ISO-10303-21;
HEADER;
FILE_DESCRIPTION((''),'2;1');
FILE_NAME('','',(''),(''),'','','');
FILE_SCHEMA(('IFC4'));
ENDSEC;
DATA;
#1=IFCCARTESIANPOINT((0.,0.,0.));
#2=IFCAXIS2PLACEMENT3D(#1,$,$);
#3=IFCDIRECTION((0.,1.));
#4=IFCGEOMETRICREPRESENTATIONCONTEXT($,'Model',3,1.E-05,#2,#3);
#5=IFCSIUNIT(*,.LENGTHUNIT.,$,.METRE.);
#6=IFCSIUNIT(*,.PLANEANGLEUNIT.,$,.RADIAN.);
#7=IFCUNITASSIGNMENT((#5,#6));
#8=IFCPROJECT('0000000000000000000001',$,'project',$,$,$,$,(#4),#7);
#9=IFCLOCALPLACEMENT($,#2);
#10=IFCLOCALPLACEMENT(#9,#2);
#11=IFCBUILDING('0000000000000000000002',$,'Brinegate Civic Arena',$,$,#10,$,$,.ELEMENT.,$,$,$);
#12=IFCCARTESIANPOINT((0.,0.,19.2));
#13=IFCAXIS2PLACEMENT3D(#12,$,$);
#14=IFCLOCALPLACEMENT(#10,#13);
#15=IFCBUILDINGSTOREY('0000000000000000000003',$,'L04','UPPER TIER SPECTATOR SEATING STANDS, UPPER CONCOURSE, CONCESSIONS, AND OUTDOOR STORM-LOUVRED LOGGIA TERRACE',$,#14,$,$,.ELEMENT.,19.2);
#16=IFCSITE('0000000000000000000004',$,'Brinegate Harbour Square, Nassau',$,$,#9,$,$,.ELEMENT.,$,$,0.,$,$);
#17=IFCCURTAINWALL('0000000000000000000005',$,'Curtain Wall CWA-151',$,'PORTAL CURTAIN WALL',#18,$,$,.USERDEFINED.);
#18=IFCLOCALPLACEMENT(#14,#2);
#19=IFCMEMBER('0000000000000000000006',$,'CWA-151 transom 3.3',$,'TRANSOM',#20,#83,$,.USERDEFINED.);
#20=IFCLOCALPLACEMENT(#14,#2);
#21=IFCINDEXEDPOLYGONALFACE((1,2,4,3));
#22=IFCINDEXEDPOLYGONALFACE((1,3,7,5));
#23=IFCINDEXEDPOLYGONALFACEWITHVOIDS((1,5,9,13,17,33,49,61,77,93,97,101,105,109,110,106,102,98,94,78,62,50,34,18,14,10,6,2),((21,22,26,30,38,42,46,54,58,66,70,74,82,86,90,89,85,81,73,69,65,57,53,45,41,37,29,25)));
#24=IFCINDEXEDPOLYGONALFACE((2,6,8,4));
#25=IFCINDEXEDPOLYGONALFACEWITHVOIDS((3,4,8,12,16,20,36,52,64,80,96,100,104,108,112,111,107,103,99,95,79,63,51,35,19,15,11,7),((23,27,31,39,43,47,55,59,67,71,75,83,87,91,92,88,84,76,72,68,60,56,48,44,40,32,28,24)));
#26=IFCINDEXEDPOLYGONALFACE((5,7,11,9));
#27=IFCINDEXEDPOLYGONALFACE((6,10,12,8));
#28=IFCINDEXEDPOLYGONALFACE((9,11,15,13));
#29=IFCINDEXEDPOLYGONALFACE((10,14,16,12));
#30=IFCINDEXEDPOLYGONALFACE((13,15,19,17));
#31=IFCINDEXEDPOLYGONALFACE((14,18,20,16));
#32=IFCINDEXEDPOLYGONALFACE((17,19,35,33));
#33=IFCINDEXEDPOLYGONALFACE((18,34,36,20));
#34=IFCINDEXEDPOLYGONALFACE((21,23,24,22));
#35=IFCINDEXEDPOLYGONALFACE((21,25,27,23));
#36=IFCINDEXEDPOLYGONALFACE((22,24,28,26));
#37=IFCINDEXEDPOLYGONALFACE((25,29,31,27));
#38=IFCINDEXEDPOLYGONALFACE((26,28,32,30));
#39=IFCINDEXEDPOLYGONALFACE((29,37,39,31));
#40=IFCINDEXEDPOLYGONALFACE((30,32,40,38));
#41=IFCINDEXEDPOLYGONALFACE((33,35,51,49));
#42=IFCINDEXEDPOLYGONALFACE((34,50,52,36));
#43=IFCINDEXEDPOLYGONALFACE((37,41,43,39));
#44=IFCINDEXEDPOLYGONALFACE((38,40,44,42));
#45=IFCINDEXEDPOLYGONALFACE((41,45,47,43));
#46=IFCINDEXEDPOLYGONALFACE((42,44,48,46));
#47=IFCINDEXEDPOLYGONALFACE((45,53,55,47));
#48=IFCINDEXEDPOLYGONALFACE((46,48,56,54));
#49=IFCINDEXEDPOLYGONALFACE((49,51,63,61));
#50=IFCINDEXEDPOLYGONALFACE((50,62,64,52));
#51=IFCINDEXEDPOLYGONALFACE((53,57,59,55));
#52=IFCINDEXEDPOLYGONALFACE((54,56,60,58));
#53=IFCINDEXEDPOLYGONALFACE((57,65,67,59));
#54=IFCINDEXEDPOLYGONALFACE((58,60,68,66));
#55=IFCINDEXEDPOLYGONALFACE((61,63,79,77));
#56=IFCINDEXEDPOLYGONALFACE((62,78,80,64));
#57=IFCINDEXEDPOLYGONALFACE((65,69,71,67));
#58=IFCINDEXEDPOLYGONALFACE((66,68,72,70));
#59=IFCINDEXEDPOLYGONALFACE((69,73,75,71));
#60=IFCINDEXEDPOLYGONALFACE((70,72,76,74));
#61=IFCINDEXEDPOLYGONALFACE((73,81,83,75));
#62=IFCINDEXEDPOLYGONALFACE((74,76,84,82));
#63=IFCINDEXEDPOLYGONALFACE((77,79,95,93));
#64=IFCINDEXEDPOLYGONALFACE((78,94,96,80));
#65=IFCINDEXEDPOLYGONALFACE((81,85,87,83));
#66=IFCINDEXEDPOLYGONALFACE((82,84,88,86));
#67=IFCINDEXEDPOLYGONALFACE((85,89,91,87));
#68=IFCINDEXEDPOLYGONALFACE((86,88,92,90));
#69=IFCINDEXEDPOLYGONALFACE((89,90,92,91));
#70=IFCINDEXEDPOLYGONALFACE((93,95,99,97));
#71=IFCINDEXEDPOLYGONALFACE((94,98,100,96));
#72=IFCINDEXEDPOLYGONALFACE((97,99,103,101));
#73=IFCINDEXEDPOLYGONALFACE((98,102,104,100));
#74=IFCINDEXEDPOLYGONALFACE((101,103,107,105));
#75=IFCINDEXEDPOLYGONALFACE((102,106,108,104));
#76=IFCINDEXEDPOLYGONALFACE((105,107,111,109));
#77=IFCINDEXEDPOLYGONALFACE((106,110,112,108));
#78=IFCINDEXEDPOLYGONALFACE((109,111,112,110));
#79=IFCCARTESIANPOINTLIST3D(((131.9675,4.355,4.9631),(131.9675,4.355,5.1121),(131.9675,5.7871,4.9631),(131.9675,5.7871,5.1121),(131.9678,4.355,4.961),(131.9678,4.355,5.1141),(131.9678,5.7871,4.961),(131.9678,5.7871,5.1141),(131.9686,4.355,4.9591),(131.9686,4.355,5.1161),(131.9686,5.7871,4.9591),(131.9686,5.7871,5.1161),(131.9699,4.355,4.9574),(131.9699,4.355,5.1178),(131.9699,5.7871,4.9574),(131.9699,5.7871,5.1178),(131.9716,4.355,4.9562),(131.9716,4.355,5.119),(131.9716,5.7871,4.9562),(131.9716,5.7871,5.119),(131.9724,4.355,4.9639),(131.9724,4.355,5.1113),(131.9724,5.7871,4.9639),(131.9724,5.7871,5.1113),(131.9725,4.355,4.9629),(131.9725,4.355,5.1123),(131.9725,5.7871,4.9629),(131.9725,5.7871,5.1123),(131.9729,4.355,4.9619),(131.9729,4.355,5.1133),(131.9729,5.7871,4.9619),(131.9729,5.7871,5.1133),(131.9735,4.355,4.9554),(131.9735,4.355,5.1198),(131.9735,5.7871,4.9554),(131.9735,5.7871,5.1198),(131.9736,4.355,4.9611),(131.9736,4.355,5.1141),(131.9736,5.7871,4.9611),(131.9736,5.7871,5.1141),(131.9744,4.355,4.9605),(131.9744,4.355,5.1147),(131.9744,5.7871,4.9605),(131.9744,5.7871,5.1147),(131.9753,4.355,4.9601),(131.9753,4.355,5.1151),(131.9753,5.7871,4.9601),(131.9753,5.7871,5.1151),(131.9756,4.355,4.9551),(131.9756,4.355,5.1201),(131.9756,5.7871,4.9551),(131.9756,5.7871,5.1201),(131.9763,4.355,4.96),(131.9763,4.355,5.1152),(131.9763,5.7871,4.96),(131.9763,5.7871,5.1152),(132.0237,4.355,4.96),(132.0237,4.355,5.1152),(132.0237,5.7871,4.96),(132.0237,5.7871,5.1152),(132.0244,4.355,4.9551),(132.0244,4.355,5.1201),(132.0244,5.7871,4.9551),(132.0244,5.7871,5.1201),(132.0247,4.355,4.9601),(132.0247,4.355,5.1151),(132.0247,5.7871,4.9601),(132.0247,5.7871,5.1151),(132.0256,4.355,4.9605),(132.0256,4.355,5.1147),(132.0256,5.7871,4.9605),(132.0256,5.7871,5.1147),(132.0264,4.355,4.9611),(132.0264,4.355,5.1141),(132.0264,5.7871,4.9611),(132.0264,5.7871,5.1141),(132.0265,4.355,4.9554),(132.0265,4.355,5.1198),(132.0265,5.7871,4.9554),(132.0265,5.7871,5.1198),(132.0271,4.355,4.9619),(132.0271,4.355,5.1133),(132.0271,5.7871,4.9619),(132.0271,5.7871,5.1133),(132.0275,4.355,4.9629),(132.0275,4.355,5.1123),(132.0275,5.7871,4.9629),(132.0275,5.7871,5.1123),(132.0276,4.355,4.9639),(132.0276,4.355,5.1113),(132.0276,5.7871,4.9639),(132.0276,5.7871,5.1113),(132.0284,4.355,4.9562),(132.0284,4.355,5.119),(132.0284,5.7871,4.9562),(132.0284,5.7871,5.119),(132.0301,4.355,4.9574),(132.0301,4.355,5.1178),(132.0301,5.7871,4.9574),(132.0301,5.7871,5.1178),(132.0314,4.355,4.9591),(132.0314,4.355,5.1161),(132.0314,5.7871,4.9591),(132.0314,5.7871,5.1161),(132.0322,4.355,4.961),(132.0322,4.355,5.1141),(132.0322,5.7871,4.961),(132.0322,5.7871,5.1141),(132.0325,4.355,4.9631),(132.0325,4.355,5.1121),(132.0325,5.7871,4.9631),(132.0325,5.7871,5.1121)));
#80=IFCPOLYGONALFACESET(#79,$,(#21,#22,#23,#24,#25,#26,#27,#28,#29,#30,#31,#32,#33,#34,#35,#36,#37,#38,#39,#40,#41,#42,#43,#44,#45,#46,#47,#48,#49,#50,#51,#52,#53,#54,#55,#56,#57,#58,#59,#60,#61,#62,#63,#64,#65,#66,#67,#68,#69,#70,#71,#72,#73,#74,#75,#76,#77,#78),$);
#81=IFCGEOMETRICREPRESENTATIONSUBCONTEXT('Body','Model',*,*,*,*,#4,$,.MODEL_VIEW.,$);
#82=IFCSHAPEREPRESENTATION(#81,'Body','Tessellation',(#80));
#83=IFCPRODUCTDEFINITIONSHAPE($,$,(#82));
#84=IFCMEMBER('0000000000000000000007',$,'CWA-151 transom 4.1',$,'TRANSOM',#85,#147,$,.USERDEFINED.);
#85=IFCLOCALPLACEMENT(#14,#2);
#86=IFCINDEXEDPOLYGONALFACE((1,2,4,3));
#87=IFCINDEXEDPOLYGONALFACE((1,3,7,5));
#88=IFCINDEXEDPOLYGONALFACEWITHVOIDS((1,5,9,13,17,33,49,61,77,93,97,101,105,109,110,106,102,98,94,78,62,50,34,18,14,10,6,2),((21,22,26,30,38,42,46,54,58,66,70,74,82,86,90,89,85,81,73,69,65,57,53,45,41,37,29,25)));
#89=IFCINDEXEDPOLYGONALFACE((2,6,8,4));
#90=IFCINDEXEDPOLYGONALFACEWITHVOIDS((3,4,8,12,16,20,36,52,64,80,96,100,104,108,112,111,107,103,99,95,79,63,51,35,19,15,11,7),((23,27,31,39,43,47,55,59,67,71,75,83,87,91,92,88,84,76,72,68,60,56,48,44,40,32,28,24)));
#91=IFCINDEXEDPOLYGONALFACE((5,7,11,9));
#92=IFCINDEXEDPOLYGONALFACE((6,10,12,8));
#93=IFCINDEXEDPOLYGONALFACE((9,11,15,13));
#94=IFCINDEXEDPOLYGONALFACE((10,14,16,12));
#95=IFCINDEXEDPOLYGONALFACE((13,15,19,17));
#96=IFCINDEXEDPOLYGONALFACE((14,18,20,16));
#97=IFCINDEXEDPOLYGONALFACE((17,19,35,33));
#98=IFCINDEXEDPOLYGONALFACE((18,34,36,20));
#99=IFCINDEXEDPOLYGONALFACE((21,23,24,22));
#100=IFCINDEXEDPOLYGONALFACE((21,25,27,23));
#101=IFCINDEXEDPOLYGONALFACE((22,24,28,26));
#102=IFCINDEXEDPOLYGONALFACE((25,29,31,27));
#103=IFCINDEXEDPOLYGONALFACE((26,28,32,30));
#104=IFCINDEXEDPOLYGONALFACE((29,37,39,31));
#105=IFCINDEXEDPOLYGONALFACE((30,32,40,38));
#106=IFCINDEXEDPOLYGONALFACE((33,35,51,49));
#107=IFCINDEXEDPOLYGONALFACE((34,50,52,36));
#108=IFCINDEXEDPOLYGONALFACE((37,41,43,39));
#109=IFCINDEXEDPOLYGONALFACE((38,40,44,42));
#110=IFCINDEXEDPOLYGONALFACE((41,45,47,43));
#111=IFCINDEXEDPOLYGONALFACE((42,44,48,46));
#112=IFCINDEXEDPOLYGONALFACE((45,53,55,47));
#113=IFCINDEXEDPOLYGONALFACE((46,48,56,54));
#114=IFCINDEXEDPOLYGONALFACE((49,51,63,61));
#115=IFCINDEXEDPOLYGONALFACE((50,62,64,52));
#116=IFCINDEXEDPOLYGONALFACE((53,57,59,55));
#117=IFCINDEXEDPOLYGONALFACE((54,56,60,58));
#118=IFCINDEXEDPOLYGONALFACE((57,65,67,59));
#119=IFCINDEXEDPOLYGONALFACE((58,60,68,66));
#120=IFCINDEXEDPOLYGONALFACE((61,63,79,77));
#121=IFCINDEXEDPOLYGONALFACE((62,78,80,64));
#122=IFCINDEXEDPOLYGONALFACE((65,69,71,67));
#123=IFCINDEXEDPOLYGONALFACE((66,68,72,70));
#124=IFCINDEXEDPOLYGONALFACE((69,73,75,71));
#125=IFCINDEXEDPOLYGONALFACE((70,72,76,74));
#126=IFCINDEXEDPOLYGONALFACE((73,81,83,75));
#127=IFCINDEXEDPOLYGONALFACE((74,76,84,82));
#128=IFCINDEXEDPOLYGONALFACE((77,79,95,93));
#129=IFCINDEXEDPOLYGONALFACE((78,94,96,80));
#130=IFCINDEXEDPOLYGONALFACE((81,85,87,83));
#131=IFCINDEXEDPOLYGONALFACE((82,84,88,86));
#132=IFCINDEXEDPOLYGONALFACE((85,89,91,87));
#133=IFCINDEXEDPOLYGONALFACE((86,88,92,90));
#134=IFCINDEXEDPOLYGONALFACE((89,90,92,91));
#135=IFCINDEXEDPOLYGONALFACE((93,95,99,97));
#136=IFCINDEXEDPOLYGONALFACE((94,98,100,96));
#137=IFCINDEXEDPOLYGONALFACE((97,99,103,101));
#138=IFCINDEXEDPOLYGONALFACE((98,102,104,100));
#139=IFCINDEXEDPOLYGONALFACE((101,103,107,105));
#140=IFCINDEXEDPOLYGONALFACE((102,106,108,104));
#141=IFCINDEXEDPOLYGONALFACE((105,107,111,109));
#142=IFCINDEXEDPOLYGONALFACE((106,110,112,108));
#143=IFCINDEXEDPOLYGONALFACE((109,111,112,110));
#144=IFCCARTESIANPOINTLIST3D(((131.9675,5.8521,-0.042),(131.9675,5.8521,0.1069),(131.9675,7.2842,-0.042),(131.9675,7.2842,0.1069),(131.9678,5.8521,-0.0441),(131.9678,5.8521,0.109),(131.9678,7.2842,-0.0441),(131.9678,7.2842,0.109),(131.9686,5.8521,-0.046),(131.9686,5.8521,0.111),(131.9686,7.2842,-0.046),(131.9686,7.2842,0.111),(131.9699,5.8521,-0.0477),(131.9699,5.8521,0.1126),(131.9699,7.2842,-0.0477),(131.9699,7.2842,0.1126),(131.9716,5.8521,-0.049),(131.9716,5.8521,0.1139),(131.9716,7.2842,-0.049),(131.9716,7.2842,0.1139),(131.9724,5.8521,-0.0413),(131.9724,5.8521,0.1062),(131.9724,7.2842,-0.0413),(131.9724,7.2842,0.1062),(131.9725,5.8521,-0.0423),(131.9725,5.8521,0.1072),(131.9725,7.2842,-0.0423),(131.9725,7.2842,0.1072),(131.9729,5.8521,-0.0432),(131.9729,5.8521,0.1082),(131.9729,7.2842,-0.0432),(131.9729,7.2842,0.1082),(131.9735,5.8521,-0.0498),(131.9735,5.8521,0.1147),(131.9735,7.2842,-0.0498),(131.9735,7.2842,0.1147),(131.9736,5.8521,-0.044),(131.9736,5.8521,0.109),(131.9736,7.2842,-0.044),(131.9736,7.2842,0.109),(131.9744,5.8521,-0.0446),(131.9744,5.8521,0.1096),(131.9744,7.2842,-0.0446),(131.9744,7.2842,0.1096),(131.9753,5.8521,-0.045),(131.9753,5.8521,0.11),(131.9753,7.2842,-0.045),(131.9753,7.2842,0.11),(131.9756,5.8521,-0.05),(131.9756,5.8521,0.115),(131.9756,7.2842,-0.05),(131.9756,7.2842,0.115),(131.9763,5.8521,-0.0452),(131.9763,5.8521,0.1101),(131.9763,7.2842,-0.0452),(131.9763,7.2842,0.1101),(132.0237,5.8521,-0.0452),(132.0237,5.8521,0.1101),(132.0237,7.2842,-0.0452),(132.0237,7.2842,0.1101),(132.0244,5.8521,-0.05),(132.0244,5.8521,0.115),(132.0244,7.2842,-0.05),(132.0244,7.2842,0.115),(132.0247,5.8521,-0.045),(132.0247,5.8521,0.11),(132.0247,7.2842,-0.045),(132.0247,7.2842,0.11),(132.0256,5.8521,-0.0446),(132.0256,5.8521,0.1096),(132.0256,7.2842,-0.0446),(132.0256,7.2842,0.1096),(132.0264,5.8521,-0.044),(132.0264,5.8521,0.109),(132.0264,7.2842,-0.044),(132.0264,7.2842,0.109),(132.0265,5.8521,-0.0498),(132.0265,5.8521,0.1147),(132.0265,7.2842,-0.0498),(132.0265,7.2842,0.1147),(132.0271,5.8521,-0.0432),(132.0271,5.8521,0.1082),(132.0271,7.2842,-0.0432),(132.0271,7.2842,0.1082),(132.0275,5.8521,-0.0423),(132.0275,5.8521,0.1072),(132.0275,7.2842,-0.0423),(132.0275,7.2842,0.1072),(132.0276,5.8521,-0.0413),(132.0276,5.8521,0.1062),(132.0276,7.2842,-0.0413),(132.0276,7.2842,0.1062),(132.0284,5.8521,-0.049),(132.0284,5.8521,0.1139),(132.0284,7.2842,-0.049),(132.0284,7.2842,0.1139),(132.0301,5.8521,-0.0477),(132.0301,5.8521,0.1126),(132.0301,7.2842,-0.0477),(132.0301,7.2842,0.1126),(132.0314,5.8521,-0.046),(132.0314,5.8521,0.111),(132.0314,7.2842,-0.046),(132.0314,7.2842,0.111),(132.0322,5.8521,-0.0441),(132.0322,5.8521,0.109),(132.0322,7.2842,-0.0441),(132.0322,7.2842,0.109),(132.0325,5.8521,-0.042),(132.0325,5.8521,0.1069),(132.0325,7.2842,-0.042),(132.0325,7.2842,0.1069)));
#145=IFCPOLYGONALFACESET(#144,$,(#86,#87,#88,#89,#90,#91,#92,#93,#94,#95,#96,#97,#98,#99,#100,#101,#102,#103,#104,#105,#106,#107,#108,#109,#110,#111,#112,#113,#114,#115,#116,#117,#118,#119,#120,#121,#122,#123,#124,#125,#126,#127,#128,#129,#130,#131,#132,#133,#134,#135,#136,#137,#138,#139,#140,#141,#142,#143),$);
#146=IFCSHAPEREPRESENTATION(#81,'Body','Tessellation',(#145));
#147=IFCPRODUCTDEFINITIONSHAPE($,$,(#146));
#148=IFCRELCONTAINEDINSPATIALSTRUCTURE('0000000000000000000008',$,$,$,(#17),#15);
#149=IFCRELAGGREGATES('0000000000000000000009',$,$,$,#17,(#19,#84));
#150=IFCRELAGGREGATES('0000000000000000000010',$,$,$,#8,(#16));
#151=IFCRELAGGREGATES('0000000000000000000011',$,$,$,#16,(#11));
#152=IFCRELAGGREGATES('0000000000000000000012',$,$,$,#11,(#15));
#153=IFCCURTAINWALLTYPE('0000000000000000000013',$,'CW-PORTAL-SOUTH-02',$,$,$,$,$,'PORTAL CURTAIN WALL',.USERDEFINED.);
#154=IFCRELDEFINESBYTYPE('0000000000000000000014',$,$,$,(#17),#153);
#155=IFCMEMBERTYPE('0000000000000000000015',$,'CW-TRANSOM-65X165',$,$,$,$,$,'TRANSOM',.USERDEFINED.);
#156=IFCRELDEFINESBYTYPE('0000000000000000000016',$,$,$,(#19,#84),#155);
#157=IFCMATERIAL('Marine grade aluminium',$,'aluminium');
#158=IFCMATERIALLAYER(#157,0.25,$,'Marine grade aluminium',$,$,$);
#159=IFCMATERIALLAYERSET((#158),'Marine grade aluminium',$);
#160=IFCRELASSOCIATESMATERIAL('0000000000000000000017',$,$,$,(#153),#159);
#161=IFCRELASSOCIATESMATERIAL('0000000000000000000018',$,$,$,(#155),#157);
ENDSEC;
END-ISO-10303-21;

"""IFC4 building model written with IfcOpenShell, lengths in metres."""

from ifc_helpers import new_model, si_unit, direction, frame, origin, origin_2d, place, context, subcontext, project, spatial, hollow_rectangle, extrude, material, layer, layer_set, material_profile, profile_set, type_object, element, aggregate, save


model = new_model("IFC4")

# Units and contexts
model_context = context("Model", 3, precision=1e-05, world=origin(), true_north=direction((0.0, 1.0)))
body_context = subcontext(model_context, "Body", "Model", "MODEL_VIEW")
ifc_project = project(units=[si_unit("LENGTHUNIT", "METRE"), si_unit("PLANEANGLEUNIT", "RADIAN")], contexts=[model_context])

# Site, building, storey
site_placement = place(None, origin())
site = spatial("IfcSite", under=ifc_project, at=site_placement, Name="Brinegate Harbour Square, Nassau", CompositionType="ELEMENT", RefElevation=0.0)
building_placement = place(site_placement, origin())
building = spatial("IfcBuilding", under=site, at=building_placement, Name="Brinegate Civic Arena", CompositionType="ELEMENT")
storey_placement = place(building_placement, frame((0.0, 0.0, 19.2)))
storey = spatial("IfcBuildingStorey", under=building, at=storey_placement, Name="L04", Description="UPPER TIER SPECTATOR SEATING STANDS, UPPER CONCOURSE, CONCESSIONS, AND OUTDOOR STORM-LOUVRED LOGGIA TERRACE", CompositionType="ELEMENT", Elevation=19.2)

# Curtain wall, members
ifc_material_1 = material(Name="Marine grade aluminium", Category="aluminium")
ifc_layer_1 = layer(ifc_material_1, 0.25, Name="Marine grade aluminium")
ifc_layer_set_1 = layer_set([ifc_layer_1], Name="Marine grade aluminium")
curtain_wall_type = type_object("IfcCurtainWallType", Name="CW-PORTAL-SOUTH-02", ElementType="PORTAL CURTAIN WALL", PredefinedType="USERDEFINED", material=ifc_layer_set_1)
curtain_wall_placement = place(storey_placement, origin())
curtain_wall = element("IfcCurtainWall", 1, at=curtain_wall_placement, inside=storey, type_object=curtain_wall_type, Name="Curtain Wall CWA-151", ObjectType="PORTAL CURTAIN WALL", PredefinedType="USERDEFINED")
ifc_material_profile_1 = material_profile(ifc_material_1, hollow_rectangle(XDim=0.0649, YDim=0.165, WallThickness=0.0049, InnerFilletRadius=0.0039, OuterFilletRadius=0.0081, at=origin_2d()), Name="TRN65X165")
ifc_profile_set_1 = profile_set([ifc_material_profile_1], Name="Marine grade aluminium")
member_type_1 = type_object("IfcMemberType", Name="CW-TRANSOM-65X165", ElementType="TRANSOM", PredefinedType="USERDEFINED", material=ifc_profile_set_1)
member_1_placement = place(storey_placement, frame((132.0, 4.355, 5.0376), z_axis=(0.0, 1.0, 0.0), x_axis=(-1.0, 0.0, 0.0)))
member_1 = element("IfcMember", 2, at=member_1_placement, type_object=member_type_1, Name="CWA-151 transom 3.3", ObjectType="TRANSOM", PredefinedType="USERDEFINED", context=body_context, shape_type="SweptSolid", body=[
    extrude(hollow_rectangle(XDim=0.0649, YDim=0.165, WallThickness=0.0049, InnerFilletRadius=0.0039, OuterFilletRadius=0.0081, at=origin_2d()), origin(), (0.0, 0.0, 1.0), 1.4321),
])
member_2_placement = place(storey_placement, frame((132.0, 5.8521, 0.0325), z_axis=(0.0, 1.0, 0.0), x_axis=(-1.0, 0.0, 0.0)))
member_2 = element("IfcMember", 3, at=member_2_placement, type_object=member_type_1, Name="CWA-151 transom 4.1", ObjectType="TRANSOM", PredefinedType="USERDEFINED", context=body_context, shape_type="SweptSolid", body=[
    extrude(hollow_rectangle(XDim=0.0649, YDim=0.165, WallThickness=0.0049, InnerFilletRadius=0.0039, OuterFilletRadius=0.0081, at=origin_2d()), origin(), (0.0, 0.0, 1.0), 1.4321),
])
aggregate(curtain_wall, [member_1, member_2])

save(model, "model.ifc")
